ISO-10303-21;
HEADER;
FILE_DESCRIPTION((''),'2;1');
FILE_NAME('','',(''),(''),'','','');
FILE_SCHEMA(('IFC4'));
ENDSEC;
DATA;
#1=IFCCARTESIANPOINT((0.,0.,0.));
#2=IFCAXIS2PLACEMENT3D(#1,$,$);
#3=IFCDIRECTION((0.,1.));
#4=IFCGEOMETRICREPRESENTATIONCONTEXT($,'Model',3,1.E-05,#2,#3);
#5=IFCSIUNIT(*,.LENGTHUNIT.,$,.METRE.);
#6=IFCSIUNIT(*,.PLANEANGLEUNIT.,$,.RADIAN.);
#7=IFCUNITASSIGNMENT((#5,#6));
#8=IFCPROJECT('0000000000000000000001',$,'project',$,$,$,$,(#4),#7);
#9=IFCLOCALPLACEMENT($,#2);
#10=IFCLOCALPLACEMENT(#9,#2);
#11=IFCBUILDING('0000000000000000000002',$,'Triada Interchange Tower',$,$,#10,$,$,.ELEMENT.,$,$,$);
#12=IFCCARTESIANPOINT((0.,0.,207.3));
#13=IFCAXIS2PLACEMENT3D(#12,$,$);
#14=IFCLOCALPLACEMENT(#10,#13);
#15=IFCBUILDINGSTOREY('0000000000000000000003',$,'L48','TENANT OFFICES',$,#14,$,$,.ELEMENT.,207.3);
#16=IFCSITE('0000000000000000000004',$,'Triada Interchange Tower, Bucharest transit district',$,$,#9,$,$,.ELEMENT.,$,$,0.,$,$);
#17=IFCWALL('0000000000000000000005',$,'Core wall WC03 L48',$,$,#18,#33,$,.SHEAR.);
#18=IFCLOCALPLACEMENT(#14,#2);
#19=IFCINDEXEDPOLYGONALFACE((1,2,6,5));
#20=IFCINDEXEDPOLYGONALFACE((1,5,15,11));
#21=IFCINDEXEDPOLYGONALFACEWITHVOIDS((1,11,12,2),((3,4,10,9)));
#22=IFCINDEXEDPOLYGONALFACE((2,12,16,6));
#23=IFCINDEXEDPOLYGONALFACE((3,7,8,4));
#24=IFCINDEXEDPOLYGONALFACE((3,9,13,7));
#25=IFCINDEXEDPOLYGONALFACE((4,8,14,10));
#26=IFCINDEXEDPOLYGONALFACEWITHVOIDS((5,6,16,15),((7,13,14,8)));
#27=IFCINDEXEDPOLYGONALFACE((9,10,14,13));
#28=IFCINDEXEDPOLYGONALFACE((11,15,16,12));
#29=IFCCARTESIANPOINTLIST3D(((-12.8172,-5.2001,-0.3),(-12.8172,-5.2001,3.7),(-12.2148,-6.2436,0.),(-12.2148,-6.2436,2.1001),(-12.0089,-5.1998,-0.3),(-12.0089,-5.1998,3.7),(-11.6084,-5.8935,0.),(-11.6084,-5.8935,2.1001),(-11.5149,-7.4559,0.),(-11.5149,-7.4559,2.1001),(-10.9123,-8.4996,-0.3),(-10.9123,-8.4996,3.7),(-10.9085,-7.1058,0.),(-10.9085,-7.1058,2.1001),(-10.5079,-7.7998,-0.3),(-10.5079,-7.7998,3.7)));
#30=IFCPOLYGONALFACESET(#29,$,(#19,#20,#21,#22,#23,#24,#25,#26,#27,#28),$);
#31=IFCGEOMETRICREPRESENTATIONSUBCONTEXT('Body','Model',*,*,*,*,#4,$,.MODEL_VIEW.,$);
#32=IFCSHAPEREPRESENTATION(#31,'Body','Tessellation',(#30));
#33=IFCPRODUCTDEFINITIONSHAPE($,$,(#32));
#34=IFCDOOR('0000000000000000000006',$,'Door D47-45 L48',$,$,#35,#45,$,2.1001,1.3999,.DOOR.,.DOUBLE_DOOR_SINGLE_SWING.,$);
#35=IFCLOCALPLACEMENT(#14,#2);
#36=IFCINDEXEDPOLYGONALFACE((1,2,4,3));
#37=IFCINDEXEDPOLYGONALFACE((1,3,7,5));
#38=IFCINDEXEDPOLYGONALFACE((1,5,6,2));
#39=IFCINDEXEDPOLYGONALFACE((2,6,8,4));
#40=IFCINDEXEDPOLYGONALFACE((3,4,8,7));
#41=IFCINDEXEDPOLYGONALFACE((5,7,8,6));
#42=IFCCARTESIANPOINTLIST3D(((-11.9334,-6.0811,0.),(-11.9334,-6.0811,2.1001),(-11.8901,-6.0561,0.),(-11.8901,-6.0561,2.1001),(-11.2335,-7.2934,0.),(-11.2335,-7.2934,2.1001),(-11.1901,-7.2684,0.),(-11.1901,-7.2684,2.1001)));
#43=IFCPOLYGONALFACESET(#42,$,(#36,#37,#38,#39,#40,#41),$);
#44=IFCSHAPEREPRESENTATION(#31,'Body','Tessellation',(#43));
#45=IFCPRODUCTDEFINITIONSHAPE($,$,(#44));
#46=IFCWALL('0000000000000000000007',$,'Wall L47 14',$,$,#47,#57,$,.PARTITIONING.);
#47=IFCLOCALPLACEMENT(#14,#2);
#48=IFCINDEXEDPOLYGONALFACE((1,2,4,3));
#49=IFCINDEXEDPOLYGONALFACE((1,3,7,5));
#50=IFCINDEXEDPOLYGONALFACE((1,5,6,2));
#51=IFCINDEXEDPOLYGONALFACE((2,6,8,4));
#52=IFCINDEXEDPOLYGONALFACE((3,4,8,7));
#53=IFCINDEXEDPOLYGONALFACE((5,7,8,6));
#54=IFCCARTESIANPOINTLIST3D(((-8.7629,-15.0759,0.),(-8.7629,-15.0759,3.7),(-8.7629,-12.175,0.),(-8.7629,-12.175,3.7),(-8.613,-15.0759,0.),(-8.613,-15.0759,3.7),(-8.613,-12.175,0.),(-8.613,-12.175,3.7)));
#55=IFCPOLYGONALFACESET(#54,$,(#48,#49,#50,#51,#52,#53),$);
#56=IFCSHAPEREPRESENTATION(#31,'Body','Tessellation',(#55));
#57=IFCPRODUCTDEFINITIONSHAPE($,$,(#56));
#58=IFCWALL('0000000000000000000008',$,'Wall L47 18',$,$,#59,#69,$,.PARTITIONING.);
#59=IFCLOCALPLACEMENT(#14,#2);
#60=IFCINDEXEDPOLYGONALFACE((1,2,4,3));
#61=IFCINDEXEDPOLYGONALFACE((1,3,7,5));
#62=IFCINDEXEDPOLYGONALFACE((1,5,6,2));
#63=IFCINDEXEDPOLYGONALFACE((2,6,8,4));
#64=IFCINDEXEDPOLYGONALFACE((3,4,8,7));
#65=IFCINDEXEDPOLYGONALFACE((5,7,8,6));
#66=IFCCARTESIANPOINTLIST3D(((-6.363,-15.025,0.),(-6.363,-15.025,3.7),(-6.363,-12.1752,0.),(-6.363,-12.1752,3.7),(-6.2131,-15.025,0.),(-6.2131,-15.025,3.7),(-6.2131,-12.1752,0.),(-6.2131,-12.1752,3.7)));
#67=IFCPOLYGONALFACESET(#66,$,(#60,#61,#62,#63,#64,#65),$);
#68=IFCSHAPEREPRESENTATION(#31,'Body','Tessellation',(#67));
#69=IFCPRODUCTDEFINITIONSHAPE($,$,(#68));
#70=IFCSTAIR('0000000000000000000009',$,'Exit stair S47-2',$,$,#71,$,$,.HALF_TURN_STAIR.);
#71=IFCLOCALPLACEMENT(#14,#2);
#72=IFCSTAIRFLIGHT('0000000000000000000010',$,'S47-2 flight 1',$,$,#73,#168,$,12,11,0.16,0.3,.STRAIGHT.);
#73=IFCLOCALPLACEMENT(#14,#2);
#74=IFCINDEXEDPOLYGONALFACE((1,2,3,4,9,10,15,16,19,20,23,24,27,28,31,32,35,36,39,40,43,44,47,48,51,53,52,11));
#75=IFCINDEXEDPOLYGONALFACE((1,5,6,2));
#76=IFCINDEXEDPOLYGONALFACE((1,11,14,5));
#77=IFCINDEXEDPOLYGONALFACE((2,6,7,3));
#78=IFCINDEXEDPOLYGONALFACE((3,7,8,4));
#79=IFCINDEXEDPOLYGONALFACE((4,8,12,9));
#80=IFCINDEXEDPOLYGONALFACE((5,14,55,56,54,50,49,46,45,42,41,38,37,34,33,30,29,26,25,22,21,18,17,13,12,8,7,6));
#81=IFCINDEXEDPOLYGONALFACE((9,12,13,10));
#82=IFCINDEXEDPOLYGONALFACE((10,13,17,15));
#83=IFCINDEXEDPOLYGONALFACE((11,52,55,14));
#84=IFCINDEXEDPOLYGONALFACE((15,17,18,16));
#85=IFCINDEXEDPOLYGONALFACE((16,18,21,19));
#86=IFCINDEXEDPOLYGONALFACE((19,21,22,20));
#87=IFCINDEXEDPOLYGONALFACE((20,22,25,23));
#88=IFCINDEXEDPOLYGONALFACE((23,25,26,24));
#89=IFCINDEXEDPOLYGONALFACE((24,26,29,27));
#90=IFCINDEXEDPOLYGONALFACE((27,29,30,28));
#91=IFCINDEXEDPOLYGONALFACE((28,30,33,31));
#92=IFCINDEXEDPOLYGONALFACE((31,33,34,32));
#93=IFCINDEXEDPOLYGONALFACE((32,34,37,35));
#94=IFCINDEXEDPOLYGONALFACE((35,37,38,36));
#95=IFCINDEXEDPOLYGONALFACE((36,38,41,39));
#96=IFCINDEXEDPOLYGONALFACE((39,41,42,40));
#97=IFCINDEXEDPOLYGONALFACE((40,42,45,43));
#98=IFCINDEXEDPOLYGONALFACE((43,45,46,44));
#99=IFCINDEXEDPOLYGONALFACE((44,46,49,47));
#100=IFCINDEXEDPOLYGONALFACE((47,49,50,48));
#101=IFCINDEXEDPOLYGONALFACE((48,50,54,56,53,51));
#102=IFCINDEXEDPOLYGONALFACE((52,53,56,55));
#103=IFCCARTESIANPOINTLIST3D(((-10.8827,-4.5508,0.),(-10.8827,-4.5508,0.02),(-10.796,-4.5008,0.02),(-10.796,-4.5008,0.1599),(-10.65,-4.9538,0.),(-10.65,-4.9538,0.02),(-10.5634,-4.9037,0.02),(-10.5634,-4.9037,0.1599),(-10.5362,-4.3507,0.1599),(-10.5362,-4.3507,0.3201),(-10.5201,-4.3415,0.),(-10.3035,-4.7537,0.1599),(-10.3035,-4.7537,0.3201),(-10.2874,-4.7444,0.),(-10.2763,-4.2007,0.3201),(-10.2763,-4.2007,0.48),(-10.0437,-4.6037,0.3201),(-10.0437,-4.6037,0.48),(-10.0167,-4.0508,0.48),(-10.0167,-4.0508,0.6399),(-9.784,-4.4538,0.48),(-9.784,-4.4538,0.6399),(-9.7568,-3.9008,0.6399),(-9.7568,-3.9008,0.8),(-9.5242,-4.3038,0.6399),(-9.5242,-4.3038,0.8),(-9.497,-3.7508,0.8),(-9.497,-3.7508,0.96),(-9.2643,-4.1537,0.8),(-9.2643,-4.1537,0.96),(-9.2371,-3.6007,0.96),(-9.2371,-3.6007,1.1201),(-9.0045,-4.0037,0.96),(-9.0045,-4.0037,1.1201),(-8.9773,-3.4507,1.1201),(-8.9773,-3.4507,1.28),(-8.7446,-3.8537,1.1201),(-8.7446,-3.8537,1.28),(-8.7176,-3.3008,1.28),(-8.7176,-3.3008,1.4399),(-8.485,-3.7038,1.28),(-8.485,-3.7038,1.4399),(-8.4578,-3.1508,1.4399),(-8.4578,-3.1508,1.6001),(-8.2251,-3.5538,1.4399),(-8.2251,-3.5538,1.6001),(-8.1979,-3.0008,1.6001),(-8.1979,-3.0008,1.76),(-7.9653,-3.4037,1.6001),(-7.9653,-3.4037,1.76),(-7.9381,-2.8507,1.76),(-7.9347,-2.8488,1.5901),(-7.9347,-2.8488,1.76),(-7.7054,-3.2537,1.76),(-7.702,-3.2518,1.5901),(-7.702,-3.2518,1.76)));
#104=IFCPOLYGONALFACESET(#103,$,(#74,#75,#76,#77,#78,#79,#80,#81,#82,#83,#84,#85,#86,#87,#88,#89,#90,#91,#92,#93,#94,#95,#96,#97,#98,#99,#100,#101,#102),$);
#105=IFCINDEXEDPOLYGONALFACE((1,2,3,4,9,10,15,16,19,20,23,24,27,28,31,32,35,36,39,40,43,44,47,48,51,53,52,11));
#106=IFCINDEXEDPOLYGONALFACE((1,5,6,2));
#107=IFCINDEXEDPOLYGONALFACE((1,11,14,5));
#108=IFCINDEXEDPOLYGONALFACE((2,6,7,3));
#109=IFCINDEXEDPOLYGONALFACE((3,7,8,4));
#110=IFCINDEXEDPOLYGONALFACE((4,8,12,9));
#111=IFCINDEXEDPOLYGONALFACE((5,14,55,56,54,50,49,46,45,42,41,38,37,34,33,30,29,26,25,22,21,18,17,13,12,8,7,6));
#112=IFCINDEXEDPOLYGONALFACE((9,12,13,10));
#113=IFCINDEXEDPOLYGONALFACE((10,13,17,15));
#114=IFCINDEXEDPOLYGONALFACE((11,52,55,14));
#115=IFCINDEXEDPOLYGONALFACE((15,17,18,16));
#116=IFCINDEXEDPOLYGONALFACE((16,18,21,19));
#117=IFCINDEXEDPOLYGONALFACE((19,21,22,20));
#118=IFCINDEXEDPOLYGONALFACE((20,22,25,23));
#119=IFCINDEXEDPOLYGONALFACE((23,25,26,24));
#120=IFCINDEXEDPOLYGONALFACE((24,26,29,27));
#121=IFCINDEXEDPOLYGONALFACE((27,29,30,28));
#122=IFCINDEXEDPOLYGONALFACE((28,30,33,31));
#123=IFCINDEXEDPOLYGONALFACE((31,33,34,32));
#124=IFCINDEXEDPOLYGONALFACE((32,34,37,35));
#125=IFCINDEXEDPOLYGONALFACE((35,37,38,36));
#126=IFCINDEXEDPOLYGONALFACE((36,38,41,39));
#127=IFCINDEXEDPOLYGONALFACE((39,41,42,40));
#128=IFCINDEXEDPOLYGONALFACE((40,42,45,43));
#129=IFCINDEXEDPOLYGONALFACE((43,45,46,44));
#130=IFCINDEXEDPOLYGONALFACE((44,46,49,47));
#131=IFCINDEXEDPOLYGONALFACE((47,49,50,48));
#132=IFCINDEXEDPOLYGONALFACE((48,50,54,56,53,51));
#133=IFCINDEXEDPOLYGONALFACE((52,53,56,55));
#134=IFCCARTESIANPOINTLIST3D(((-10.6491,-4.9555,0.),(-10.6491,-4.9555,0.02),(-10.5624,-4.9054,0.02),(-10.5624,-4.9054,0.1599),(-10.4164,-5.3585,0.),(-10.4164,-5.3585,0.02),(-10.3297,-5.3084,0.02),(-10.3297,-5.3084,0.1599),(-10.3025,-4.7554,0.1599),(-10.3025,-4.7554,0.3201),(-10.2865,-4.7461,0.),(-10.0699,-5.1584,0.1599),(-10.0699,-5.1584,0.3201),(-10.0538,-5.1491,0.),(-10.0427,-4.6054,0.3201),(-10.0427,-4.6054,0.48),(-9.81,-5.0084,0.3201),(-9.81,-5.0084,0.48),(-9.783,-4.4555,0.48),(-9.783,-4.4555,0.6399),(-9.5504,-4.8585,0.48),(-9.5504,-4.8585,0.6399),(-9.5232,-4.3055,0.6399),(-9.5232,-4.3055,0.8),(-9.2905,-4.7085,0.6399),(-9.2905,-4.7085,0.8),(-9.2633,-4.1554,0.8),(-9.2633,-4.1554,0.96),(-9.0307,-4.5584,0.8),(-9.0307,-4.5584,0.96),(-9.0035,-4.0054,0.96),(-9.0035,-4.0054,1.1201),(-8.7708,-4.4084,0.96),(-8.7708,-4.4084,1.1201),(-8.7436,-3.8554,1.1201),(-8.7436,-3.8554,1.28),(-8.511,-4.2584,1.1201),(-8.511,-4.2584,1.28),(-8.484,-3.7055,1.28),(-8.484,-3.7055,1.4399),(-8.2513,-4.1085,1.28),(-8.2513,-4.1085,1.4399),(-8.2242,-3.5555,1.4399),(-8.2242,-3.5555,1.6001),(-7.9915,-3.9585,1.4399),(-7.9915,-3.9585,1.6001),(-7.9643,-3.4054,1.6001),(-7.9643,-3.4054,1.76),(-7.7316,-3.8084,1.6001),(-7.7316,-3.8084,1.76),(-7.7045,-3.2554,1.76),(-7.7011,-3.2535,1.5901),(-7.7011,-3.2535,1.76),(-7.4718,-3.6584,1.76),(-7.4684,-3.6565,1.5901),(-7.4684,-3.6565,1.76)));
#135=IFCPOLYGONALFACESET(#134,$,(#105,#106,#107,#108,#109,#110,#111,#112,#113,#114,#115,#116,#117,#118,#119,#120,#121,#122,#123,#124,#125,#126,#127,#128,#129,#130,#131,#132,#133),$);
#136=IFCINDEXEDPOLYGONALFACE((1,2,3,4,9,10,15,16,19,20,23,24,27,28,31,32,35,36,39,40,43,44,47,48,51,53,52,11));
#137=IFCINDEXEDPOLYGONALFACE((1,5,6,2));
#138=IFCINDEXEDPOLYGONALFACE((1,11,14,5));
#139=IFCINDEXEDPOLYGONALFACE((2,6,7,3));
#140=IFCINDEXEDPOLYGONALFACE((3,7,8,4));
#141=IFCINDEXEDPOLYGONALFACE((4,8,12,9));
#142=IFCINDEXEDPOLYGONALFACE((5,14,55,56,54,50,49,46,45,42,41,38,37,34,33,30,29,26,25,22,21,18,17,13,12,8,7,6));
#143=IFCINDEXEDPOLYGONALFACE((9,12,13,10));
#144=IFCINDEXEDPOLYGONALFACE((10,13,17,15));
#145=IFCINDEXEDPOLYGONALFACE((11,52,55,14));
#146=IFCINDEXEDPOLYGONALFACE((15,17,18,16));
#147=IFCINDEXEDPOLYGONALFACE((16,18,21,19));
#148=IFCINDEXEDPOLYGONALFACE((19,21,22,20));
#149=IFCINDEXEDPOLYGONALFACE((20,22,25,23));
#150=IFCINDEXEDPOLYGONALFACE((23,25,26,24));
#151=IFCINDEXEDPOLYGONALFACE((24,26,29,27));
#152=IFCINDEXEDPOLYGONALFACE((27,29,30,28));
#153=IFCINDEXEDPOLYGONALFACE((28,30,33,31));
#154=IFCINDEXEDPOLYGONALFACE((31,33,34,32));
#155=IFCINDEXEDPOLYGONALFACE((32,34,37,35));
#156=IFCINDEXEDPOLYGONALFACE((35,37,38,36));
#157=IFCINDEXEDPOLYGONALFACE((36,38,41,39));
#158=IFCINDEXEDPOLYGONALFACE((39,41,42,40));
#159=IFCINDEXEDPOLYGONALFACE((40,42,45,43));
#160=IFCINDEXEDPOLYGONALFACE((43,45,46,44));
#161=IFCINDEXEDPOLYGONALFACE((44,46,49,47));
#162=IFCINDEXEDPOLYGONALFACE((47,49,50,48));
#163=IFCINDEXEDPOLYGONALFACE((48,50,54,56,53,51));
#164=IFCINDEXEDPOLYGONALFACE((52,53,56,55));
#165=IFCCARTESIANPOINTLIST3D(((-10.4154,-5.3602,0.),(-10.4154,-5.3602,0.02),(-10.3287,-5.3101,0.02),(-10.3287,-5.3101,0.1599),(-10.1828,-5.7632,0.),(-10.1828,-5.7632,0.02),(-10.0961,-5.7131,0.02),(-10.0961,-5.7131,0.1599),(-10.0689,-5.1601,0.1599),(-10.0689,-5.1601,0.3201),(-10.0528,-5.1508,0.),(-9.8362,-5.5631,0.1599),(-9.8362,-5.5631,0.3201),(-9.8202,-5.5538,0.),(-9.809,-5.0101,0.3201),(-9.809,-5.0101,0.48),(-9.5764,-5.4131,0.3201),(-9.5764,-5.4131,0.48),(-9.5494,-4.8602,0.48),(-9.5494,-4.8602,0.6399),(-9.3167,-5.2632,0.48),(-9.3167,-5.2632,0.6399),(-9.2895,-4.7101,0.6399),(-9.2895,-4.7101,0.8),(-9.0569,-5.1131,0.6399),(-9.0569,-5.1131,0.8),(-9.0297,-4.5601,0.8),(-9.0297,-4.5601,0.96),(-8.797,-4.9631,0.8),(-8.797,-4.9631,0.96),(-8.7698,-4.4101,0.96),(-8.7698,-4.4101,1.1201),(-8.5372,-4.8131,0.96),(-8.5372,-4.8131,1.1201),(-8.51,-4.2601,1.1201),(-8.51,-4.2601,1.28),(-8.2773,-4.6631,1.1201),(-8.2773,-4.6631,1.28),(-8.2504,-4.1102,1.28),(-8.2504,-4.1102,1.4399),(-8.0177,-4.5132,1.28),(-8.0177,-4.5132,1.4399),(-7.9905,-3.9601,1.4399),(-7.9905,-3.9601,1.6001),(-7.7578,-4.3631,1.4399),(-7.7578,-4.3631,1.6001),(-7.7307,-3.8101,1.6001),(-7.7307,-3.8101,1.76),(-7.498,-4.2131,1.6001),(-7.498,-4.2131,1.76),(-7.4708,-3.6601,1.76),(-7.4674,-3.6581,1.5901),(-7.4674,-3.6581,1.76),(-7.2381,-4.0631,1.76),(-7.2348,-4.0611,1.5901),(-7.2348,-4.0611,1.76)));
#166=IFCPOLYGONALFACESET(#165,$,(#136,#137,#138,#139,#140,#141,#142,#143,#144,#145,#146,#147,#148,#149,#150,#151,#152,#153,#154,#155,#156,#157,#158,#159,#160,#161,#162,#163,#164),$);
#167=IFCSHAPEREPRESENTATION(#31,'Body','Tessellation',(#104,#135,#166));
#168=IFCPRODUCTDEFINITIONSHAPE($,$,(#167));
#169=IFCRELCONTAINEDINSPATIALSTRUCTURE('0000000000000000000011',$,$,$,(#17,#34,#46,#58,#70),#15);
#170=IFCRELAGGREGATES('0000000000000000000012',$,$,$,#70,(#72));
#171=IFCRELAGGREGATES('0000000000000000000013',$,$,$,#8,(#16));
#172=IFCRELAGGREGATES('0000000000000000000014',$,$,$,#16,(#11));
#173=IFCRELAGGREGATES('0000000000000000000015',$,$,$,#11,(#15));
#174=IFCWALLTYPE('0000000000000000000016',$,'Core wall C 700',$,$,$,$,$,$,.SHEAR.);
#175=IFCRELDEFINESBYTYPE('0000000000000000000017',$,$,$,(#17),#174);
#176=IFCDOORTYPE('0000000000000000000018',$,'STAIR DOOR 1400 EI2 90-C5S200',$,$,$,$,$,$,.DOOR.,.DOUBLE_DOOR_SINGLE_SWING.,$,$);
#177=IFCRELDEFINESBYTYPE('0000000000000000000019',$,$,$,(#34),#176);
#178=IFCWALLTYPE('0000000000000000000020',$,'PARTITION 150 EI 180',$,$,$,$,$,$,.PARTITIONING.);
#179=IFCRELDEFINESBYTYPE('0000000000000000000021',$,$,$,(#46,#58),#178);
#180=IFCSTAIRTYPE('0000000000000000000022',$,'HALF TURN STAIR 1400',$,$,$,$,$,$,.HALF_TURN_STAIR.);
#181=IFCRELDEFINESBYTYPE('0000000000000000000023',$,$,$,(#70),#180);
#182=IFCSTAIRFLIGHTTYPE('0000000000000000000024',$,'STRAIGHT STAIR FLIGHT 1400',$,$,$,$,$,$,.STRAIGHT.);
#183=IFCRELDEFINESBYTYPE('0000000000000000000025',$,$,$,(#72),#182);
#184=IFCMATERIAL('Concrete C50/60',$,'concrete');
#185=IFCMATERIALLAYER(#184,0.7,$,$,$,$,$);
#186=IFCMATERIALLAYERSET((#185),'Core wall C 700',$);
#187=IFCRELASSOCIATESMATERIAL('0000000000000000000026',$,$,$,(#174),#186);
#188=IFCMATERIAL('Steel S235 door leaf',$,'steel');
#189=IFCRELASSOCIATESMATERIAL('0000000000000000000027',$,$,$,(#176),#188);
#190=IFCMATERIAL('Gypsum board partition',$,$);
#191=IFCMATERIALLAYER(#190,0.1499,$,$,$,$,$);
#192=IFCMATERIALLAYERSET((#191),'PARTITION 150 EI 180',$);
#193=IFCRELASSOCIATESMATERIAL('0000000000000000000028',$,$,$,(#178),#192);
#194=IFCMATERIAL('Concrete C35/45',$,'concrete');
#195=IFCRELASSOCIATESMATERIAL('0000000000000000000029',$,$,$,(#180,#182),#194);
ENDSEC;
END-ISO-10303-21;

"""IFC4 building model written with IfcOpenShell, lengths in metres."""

from ifc_helpers import new_model, si_unit, direction, frame, frame_2d, origin, place, context, subcontext, project, spatial, polyline, rectangle, outline, extrude, material, layer, layer_set, type_object, element, fill, aggregate, save


model = new_model("IFC4")

# Units and contexts
model_context = context("Model", 3, precision=1e-05, world=origin(), true_north=direction((0.0, 1.0)))
body_context = subcontext(model_context, "Body", "Model", "MODEL_VIEW")
ifc_project = project(units=[si_unit("LENGTHUNIT", "METRE"), si_unit("PLANEANGLEUNIT", "RADIAN")], contexts=[model_context])

# Site, building, storey
site_placement = place(None, origin())
site = spatial("IfcSite", under=ifc_project, at=site_placement, Name="Triada Interchange Tower, Bucharest transit district", CompositionType="ELEMENT", RefElevation=0.0)
building_placement = place(site_placement, origin())
building = spatial("IfcBuilding", under=site, at=building_placement, Name="Triada Interchange Tower", CompositionType="ELEMENT")
storey_placement = place(building_placement, frame((0.0, 0.0, 207.3)))
storey = spatial("IfcBuildingStorey", under=building, at=storey_placement, Name="L48", Description="TENANT OFFICES", CompositionType="ELEMENT", Elevation=207.3)

# Shared definitions
ifc_material_1 = material(Name="Steel S235 door leaf", Category="steel")

# Wall, opening, door
ifc_material_2 = material(Name="Concrete C50/60", Category="concrete")
ifc_layer_1 = layer(ifc_material_2, 0.7)
ifc_layer_set_1 = layer_set([ifc_layer_1], Name="Core wall C 700")
wall_type_1 = type_object("IfcWallType", Name="Core wall C 700", PredefinedType="SHEAR", material=ifc_layer_set_1)
wall_1_placement = place(storey_placement, frame((-12.4131, -5.2, -0.3), z_axis=(0.0, 0.0, 1.0), x_axis=(0.499993, -0.866029, 0.0)))
wall_1 = element("IfcWall", 1, at=wall_1_placement, inside=storey, type_object=wall_type_1, Name="Core wall WC03 L48", PredefinedType="SHEAR", context=body_context, shape_type="SweptSolid", body=[
    extrude(outline(polyline([(-0.2019, -0.3501), (1.7031, -0.3501), (3.6079, -0.3501), (3.2041, 0.3501), (1.7031, 0.3501), (0.2019, 0.3501), (-0.2019, -0.3501)])), origin(), (0.0, 0.0, 1.0), 4.0),
])
opening_1_placement = place(wall_1_placement, frame((1.0029, 0.0, 0.3)))
opening_1 = element("IfcOpeningElement", 2, at=opening_1_placement, cuts=wall_1, PredefinedType="OPENING", context=body_context, shape_type="SweptSolid", body=[
    extrude(rectangle(XDim=1.3999, YDim=2.1001, at=frame_2d((0.7, 1.05))), frame((0.0, 0.3601, 0.0), z_axis=(0.0, -1.0, 0.0), x_axis=(1.0, 0.0, 0.0)), (0.0, 0.0, 1.0), 0.7202),
])
door_type_1 = type_object("IfcDoorType", Name="STAIR DOOR 1400 EI2 90-C5S200", OperationType="DOUBLE_DOOR_SINGLE_SWING", PredefinedType="DOOR", material=ifc_material_1)
door_1_placement = place(opening_1_placement, origin())
door_1 = element("IfcDoor", 3, at=door_1_placement, inside=storey, type_object=door_type_1, Name="Door D47-45 L48", OperationType="DOUBLE_DOOR_SINGLE_SWING", OverallHeight=2.1001, OverallWidth=1.3999, PredefinedType="DOOR", context=body_context, shape_type="SweptSolid", body=[
    extrude(rectangle(XDim=1.3999, YDim=2.1001, at=frame_2d((0.7, 1.05))), frame((0.0, 0.0249, 0.0), z_axis=(0.0, -1.0, 0.0), x_axis=(1.0, 0.0, 0.0)), (0.0, 0.0, 1.0), 0.05),
])
fill(opening_1, door_1)

# Walls
ifc_material_3 = material(Name="Gypsum board partition")
ifc_layer_2 = layer(ifc_material_3, 0.1499)
ifc_layer_set_2 = layer_set([ifc_layer_2], Name="PARTITION 150 EI 180")
wall_type_2 = type_object("IfcWallType", Name="PARTITION 150 EI 180", PredefinedType="PARTITIONING", material=ifc_layer_set_2)
wall_2_placement = place(storey_placement, frame((-8.688, -15.0759, 0.0), z_axis=(0.0, 0.0, 1.0), x_axis=(0.0, 1.0, 0.0)))
element("IfcWall", 4, at=wall_2_placement, inside=storey, type_object=wall_type_2, Name="Wall L47 14", PredefinedType="PARTITIONING", context=body_context, shape_type="SweptSolid", body=[
    extrude(rectangle(XDim=2.9009, YDim=0.1499, at=frame_2d((1.4504, 0.0))), origin(), (0.0, 0.0, 1.0), 3.7),
])
wall_3_placement = place(storey_placement, frame((-6.2881, -15.0249, 0.0), z_axis=(0.0, 0.0, 1.0), x_axis=(0.0, 1.0, 0.0)))
element("IfcWall", 5, at=wall_3_placement, inside=storey, type_object=wall_type_2, Name="Wall L47 18", PredefinedType="PARTITIONING", context=body_context, shape_type="SweptSolid", body=[
    extrude(rectangle(XDim=2.8499, YDim=0.1499, at=frame_2d((1.4248, 0.0))), origin(), (0.0, 0.0, 1.0), 3.7),
])

# Stair, stair flight
ifc_material_4 = material(Name="Concrete C35/45", Category="concrete")
stair_type = type_object("IfcStairType", Name="HALF TURN STAIR 1400", PredefinedType="HALF_TURN_STAIR", material=ifc_material_4)
stair_placement = place(storey_placement, origin())
stair = element("IfcStair", 6, at=stair_placement, inside=storey, type_object=stair_type, Name="Exit stair S47-2", PredefinedType="HALF_TURN_STAIR")
stair_flight_type = type_object("IfcStairFlightType", Name="STRAIGHT STAIR FLIGHT 1400", PredefinedType="STRAIGHT", material=ifc_material_4)
stair_flight_1_placement = place(storey_placement, frame((-10.446, -5.1069, 0.0), z_axis=(0.0, 0.0, 1.0), x_axis=(0.866025, 0.5, 0.0)))
stair_flight_1 = element("IfcStairFlight", 7, at=stair_flight_1_placement, type_object=stair_flight_type, Name="S47-2 flight 1", NumberOfRisers=12, NumberOfTreads=11, PredefinedType="STRAIGHT", RiserHeight=0.16, TreadLength=0.3, context=body_context, shape_type="SweptSolid", body=[
    extrude(outline(polyline([(-0.1001, 0.0), (-0.1001, 0.02), (0.0, 0.02), (0.0, 0.1599), (0.3, 0.1599), (0.3, 0.3201), (0.6001, 0.3201), (0.6001, 0.48), (0.8999, 0.48), (0.8999, 0.6399), (1.2, 0.6399), (1.2, 0.8), (1.5, 0.8), (1.5, 0.96), (1.8, 0.96), (1.8, 1.1201), (2.1001, 1.1201), (2.1001, 1.28), (2.3999, 1.28), (2.3999, 1.4399), (2.7, 1.4399), (2.7, 1.6001), (3.0, 1.6001), (3.0, 1.76), (3.3, 1.76), (3.304, 1.76), (3.304, 1.9199), (3.304, 1.5901), (0.3186, 0.0), (-0.1001, 0.0)])), frame((0.0, 0.7, 0.0), z_axis=(0.0, -1.0, 0.0), x_axis=(1.0, 0.0, 0.0)), (0.0, 0.0, 1.0), 0.4653),
    extrude(outline(polyline([(-0.1001, 0.0), (-0.1001, 0.02), (0.0, 0.02), (0.0, 0.1599), (0.3, 0.1599), (0.3, 0.3201), (0.6001, 0.3201), (0.6001, 0.48), (0.8999, 0.48), (0.8999, 0.6399), (1.2, 0.6399), (1.2, 0.8), (1.5, 0.8), (1.5, 0.96), (1.8, 0.96), (1.8, 1.1201), (2.1001, 1.1201), (2.1001, 1.28), (2.3999, 1.28), (2.3999, 1.4399), (2.7, 1.4399), (2.7, 1.6001), (3.0, 1.6001), (3.0, 1.76), (3.3, 1.76), (3.304, 1.76), (3.304, 1.9199), (3.304, 1.5901), (0.3186, 0.0), (-0.1001, 0.0)])), frame((0.0, 0.2327, 0.0), z_axis=(0.0, -1.0, 0.0), x_axis=(1.0, 0.0, 0.0)), (0.0, 0.0, 1.0), 0.4653),
    extrude(outline(polyline([(-0.1001, 0.0), (-0.1001, 0.02), (0.0, 0.02), (0.0, 0.1599), (0.3, 0.1599), (0.3, 0.3201), (0.6001, 0.3201), (0.6001, 0.48), (0.8999, 0.48), (0.8999, 0.6399), (1.2, 0.6399), (1.2, 0.8), (1.5, 0.8), (1.5, 0.96), (1.8, 0.96), (1.8, 1.1201), (2.1001, 1.1201), (2.1001, 1.28), (2.3999, 1.28), (2.3999, 1.4399), (2.7, 1.4399), (2.7, 1.6001), (3.0, 1.6001), (3.0, 1.76), (3.3, 1.76), (3.304, 1.76), (3.304, 1.9199), (3.304, 1.5901), (0.3186, 0.0), (-0.1001, 0.0)])), frame((0.0, -0.2346, 0.0), z_axis=(0.0, -1.0, 0.0), x_axis=(1.0, 0.0, 0.0)), (0.0, 0.0, 1.0), 0.4653),
])
aggregate(stair, [stair_flight_1])

save(model, "model.ifc")
